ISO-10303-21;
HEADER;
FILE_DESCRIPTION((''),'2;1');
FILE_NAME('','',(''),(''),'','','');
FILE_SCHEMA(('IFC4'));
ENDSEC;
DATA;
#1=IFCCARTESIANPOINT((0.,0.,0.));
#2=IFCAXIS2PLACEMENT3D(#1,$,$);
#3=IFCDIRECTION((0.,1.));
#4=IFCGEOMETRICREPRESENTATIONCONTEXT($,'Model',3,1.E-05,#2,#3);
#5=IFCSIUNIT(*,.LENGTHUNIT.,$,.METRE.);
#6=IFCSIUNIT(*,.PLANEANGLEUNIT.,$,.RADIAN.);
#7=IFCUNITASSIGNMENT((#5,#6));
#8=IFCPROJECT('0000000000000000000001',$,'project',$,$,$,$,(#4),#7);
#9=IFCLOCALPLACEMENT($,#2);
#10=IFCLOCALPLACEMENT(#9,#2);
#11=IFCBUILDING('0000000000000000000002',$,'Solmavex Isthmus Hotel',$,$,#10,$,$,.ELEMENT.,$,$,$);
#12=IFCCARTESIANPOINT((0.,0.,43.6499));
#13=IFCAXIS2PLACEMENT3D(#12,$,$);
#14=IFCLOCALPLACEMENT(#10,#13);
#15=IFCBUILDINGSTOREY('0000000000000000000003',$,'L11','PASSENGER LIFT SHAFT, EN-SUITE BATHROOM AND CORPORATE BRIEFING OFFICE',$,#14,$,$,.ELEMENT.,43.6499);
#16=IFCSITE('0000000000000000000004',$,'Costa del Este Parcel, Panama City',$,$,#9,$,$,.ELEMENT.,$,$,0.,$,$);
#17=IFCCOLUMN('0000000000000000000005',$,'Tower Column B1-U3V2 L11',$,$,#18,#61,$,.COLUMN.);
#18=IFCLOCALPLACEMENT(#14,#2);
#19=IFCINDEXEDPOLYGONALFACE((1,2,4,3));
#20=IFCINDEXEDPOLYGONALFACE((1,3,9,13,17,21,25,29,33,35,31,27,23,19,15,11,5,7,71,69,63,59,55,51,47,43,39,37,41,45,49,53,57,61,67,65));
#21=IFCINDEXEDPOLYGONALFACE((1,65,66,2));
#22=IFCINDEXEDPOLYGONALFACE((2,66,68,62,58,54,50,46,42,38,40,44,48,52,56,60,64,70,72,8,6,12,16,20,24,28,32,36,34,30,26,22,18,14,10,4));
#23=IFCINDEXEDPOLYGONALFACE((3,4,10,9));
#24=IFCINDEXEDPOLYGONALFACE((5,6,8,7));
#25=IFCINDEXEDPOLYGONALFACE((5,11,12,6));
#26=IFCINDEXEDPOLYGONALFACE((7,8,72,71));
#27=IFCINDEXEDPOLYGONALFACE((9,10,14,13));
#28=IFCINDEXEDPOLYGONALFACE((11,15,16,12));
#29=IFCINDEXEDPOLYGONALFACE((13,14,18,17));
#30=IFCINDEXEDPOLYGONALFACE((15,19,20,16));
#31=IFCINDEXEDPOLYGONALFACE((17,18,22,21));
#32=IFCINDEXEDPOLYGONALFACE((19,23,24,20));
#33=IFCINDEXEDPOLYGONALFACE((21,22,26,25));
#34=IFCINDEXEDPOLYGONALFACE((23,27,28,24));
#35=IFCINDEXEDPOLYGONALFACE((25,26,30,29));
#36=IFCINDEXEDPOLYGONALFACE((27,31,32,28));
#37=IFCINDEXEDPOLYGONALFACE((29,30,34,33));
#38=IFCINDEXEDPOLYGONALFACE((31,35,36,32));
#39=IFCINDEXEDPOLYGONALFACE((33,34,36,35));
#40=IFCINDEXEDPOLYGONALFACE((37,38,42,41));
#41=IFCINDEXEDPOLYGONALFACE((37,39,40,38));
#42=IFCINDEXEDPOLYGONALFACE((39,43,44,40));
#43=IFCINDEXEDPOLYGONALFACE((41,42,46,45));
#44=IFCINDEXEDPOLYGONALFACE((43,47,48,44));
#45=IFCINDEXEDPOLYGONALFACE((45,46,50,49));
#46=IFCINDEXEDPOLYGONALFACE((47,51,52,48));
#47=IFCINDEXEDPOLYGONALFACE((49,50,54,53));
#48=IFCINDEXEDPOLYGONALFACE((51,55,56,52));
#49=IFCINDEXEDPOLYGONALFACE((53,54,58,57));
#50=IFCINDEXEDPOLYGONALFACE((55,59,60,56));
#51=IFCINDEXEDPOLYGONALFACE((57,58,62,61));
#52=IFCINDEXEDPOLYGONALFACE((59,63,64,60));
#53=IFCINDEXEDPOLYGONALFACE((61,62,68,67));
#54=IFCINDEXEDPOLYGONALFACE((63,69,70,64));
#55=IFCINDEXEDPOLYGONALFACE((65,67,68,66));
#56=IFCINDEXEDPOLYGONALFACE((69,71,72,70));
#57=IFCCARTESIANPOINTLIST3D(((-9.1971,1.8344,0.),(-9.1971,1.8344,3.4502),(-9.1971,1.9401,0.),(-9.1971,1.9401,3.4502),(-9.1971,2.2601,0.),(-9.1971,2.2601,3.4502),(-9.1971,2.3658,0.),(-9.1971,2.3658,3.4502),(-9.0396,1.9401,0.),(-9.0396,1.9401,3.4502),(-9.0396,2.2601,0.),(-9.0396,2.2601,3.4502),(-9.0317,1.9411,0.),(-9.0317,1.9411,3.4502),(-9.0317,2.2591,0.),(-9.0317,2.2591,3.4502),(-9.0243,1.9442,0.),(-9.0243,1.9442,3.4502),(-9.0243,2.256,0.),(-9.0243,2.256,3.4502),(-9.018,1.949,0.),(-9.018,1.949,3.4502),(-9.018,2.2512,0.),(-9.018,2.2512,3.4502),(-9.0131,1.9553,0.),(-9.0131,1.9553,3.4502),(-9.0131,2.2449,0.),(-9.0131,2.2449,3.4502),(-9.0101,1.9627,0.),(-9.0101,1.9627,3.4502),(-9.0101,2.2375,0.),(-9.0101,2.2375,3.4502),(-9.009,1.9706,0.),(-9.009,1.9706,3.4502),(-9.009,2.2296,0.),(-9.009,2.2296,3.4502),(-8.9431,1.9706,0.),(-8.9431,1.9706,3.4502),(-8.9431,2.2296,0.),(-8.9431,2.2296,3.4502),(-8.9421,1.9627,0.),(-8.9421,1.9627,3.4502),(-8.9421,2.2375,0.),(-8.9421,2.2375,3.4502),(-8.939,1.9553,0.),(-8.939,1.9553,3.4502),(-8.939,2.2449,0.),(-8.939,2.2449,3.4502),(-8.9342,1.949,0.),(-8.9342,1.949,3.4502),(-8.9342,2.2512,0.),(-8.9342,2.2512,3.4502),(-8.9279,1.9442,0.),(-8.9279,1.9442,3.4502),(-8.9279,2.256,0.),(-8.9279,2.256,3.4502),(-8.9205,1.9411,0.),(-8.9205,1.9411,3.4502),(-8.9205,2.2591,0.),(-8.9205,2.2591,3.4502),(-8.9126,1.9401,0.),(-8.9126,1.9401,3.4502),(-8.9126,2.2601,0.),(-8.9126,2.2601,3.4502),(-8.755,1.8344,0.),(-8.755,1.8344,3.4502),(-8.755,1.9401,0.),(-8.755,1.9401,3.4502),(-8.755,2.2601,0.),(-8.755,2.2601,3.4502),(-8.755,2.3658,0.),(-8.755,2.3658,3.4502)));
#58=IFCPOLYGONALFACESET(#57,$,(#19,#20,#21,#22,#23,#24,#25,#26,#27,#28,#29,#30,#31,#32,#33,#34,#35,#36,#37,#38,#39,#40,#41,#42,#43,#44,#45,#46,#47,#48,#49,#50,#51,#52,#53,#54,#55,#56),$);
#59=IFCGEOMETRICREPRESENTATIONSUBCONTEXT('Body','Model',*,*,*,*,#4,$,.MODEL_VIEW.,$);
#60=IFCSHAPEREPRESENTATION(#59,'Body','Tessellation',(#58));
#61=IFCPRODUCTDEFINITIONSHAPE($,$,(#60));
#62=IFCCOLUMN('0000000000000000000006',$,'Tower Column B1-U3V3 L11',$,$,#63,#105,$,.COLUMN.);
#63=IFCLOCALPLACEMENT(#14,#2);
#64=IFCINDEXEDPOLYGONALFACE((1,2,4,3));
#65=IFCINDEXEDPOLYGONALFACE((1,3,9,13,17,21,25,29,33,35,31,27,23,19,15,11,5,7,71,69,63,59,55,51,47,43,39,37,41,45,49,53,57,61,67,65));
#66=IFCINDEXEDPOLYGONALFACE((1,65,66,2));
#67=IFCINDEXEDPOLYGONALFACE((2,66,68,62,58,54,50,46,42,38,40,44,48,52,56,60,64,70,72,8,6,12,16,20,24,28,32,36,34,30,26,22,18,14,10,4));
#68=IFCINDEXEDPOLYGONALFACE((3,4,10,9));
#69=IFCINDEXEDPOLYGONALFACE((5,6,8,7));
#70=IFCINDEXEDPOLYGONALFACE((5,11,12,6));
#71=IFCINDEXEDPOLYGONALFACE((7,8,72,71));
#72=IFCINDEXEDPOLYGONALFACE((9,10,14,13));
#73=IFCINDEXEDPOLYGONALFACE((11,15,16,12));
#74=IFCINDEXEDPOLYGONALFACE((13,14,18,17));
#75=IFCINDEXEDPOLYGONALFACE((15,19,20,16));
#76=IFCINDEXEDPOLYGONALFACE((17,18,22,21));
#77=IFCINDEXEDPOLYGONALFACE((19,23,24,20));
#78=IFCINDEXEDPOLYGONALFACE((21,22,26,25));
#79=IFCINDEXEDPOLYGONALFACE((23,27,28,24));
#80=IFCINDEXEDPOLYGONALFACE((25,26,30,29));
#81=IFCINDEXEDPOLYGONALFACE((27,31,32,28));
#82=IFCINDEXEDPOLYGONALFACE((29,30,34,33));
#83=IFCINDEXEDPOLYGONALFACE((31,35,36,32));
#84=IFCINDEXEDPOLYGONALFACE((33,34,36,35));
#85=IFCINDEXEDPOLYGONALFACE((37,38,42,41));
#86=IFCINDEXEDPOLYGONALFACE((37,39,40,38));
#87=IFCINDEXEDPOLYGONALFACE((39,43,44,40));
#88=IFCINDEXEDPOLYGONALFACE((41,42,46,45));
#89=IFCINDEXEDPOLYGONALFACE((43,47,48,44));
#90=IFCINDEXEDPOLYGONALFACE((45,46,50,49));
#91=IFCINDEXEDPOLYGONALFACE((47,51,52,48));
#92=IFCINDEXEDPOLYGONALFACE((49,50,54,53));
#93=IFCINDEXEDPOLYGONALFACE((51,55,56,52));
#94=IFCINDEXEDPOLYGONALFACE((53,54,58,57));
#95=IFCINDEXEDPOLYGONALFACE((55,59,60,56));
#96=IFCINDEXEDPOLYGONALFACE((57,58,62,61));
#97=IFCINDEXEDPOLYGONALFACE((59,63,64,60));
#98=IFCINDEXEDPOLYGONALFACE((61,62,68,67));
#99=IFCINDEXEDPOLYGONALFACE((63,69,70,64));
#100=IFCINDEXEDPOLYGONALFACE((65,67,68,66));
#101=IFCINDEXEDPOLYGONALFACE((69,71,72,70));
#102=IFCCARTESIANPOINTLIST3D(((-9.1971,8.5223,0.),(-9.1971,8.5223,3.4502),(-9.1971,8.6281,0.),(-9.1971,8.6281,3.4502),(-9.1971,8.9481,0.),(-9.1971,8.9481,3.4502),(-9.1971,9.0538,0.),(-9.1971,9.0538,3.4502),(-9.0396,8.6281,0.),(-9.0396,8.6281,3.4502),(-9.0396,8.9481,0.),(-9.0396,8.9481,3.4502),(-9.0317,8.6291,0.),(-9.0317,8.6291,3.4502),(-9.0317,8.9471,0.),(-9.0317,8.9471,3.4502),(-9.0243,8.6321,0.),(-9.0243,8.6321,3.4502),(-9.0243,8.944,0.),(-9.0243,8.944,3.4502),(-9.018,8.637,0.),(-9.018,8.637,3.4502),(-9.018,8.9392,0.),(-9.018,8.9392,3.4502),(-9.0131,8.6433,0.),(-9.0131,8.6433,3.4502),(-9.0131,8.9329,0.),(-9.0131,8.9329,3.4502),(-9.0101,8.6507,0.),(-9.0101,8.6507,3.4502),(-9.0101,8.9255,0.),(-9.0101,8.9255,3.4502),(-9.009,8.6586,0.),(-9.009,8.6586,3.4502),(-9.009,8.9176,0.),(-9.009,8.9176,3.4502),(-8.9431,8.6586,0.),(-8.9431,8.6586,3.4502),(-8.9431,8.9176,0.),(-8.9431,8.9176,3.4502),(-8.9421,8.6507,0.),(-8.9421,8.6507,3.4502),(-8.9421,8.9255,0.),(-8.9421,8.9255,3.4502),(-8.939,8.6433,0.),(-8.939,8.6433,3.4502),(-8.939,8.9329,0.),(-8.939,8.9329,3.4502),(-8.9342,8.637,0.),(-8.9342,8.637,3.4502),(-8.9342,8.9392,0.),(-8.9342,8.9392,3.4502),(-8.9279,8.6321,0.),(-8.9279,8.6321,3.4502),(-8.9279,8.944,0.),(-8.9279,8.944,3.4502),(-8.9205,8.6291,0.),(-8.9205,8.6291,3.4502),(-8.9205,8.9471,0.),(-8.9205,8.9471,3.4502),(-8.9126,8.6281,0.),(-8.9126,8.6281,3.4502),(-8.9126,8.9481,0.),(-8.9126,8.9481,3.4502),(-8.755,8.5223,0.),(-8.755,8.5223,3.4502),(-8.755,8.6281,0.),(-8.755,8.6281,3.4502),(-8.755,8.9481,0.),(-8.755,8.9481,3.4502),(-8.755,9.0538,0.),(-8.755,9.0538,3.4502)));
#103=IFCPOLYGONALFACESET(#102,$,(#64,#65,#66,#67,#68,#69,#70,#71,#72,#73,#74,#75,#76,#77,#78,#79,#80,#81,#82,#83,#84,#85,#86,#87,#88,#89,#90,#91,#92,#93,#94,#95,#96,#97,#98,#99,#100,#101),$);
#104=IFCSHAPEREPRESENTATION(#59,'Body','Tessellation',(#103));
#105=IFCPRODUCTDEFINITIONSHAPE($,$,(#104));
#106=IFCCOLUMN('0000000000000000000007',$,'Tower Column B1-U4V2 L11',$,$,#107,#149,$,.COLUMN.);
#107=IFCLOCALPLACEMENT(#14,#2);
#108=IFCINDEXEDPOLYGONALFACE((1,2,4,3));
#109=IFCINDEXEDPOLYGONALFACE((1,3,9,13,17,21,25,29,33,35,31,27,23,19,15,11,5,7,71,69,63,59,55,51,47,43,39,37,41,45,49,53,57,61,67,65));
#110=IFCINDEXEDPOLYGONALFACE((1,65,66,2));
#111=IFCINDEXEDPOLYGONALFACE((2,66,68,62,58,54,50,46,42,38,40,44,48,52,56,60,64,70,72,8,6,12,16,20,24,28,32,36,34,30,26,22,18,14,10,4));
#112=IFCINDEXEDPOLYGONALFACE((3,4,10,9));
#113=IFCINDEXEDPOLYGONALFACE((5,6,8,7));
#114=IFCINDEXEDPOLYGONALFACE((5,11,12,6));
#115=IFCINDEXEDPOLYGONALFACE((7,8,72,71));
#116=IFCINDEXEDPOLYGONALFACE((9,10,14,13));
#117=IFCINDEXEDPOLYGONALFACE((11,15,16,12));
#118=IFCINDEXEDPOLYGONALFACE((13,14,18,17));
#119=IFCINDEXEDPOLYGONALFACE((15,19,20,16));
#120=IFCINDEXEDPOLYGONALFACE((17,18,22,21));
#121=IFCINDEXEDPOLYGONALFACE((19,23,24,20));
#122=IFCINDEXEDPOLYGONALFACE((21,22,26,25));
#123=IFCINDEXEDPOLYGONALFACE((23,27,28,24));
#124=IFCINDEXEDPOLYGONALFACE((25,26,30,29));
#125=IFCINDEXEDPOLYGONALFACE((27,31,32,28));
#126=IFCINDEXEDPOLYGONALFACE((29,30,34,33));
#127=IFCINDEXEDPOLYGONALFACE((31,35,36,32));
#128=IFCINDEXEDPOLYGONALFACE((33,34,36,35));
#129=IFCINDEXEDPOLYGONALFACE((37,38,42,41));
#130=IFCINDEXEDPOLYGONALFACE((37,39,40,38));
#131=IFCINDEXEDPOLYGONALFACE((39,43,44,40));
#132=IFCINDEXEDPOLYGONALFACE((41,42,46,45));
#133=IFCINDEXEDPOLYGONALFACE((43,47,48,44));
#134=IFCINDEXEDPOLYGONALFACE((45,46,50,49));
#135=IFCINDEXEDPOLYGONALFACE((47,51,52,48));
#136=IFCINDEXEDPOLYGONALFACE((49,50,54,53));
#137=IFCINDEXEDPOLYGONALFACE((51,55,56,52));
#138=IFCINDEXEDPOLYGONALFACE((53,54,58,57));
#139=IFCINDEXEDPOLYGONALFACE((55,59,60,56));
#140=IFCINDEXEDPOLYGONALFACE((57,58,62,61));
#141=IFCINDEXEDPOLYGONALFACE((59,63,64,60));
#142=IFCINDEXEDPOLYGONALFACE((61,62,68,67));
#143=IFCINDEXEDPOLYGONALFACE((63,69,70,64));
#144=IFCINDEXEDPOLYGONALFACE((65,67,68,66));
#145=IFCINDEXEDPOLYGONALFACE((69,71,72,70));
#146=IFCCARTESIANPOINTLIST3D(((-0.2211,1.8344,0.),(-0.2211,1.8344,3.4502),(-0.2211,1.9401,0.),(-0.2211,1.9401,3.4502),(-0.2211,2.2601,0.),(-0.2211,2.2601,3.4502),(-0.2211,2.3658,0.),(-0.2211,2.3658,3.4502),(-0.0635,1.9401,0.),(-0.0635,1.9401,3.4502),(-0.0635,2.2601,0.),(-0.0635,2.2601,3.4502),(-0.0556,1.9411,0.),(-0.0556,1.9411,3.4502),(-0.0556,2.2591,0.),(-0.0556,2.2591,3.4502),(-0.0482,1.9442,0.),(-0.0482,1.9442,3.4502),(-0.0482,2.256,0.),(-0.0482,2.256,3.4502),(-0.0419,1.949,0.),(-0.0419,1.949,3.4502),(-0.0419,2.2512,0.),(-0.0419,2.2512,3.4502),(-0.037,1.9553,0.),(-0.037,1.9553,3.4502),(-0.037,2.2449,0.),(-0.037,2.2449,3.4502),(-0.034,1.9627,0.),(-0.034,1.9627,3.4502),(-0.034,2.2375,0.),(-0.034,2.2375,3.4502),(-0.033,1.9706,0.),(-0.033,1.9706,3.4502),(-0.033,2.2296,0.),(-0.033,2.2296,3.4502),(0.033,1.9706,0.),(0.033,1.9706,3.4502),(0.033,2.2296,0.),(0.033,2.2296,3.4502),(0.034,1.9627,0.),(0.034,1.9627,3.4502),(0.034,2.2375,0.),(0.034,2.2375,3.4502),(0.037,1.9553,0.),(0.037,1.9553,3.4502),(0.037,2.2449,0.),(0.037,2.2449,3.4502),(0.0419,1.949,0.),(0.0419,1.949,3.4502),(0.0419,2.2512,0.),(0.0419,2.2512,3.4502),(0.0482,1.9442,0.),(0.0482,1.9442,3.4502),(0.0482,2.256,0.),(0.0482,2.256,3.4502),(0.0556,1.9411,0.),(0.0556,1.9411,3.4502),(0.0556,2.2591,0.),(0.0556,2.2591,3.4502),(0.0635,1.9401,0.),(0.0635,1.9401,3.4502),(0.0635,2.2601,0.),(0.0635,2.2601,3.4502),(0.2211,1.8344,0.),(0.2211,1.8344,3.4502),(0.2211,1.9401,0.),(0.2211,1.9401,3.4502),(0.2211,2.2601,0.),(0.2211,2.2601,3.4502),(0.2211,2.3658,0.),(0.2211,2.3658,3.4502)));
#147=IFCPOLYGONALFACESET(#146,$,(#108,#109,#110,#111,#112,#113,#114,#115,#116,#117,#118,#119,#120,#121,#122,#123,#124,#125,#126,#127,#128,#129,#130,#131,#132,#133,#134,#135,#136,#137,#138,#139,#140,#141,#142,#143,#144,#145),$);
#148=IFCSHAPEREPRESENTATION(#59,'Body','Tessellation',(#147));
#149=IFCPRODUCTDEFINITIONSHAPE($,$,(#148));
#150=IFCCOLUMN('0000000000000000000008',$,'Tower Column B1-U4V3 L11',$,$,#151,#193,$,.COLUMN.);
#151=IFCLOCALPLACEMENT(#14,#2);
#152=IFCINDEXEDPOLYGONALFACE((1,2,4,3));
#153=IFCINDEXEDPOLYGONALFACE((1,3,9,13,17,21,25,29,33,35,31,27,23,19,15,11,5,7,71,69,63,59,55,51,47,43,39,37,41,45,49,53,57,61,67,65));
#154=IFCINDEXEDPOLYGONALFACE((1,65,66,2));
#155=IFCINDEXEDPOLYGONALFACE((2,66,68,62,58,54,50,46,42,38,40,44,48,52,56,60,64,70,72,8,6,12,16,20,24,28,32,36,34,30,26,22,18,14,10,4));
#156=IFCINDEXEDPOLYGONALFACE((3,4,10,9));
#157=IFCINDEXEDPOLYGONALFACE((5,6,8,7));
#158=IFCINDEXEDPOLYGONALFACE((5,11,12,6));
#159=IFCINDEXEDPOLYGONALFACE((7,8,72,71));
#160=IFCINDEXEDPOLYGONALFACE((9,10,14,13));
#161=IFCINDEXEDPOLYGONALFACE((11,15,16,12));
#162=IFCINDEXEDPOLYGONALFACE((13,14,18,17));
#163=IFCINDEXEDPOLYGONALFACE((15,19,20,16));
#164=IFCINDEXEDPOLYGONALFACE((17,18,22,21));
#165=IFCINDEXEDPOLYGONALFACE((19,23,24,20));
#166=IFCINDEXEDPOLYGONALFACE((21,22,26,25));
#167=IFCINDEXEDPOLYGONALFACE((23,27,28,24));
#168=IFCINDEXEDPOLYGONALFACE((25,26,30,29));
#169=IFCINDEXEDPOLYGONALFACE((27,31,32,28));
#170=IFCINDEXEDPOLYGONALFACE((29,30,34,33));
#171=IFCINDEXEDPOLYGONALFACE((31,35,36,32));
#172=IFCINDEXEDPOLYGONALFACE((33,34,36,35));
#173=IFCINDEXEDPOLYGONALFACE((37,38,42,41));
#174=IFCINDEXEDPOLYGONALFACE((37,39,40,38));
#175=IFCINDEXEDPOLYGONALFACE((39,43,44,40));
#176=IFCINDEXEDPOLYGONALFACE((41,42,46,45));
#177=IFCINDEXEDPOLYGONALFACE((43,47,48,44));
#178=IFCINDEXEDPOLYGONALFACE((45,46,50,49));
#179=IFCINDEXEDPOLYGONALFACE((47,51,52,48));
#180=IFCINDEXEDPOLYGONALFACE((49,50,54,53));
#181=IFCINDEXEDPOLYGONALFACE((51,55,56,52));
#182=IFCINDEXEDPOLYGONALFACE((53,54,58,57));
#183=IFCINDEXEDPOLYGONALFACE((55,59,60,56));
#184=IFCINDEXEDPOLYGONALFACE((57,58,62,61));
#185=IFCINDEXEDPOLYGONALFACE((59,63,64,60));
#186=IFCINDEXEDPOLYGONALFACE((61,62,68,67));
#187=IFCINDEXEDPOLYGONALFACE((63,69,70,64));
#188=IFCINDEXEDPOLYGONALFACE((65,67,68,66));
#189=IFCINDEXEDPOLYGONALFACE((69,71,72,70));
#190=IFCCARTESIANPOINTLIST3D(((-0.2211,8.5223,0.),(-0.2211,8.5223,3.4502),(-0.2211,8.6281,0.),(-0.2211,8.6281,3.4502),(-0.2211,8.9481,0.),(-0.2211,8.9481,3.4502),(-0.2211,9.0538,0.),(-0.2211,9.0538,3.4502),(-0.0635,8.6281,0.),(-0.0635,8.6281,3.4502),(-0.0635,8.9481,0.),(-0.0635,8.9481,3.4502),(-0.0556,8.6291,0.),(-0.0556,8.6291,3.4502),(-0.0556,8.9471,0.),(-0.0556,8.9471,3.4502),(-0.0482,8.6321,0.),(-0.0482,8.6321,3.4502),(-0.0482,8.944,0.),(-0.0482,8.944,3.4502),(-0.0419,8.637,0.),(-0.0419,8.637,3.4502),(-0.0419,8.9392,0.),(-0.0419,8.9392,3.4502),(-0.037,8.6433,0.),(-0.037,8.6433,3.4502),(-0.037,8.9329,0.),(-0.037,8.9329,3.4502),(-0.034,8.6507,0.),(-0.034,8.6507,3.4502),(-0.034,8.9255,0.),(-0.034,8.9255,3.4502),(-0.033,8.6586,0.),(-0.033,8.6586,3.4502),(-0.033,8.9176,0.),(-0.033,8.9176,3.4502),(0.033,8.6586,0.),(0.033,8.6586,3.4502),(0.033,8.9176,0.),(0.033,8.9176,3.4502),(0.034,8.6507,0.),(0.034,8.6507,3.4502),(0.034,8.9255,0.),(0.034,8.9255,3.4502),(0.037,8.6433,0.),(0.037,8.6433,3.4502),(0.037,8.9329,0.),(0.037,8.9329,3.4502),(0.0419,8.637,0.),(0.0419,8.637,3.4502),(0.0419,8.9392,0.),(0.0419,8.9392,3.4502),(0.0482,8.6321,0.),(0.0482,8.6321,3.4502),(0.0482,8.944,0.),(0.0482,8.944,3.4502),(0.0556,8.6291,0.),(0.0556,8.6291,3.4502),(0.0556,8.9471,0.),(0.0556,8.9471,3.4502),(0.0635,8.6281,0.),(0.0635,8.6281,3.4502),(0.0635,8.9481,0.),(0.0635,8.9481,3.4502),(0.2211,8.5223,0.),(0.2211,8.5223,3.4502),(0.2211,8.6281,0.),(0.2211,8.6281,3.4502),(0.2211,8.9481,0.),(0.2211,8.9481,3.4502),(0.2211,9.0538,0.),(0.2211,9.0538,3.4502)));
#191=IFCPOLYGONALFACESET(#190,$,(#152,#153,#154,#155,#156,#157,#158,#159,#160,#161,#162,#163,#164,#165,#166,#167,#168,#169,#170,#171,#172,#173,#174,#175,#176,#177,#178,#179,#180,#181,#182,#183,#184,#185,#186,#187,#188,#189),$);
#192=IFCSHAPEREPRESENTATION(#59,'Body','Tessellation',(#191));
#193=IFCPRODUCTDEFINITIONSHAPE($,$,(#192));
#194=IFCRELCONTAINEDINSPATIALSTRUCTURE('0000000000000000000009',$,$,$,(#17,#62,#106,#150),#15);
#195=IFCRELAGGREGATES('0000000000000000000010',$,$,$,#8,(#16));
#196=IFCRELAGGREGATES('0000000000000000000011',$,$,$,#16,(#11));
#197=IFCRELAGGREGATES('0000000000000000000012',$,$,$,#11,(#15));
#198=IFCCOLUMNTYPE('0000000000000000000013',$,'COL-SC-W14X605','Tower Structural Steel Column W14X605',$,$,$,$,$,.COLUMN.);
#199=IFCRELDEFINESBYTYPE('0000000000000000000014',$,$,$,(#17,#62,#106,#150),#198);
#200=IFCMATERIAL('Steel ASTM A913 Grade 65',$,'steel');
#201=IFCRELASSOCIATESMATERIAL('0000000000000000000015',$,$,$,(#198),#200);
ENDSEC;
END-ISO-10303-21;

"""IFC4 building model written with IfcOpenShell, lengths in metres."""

from ifc_helpers import new_model, si_unit, direction, frame, origin, origin_2d, place, context, subcontext, project, spatial, i_section, extrude, material, material_profile, profile_set, type_object, element, save


model = new_model("IFC4")

# Units and contexts
model_context = context("Model", 3, precision=1e-05, world=origin(), true_north=direction((0.0, 1.0)))
body_context = subcontext(model_context, "Body", "Model", "MODEL_VIEW")
ifc_project = project(units=[si_unit("LENGTHUNIT", "METRE"), si_unit("PLANEANGLEUNIT", "RADIAN")], contexts=[model_context])

# Site, building, storey
site_placement = place(None, origin())
site = spatial("IfcSite", under=ifc_project, at=site_placement, Name="Costa del Este Parcel, Panama City", CompositionType="ELEMENT", RefElevation=0.0)
building_placement = place(site_placement, origin())
building = spatial("IfcBuilding", under=site, at=building_placement, Name="Solmavex Isthmus Hotel", CompositionType="ELEMENT")
storey_placement = place(building_placement, frame((0.0, 0.0, 43.6499)))
storey = spatial("IfcBuildingStorey", under=building, at=storey_placement, Name="L11", Description="PASSENGER LIFT SHAFT, EN-SUITE BATHROOM AND CORPORATE BRIEFING OFFICE", CompositionType="ELEMENT", Elevation=43.6499)

# Columns
ifc_material_1 = material(Name="Steel ASTM A913 Grade 65", Category="steel")
ifc_material_profile_1 = material_profile(ifc_material_1, i_section(OverallWidth=0.4421, OverallDepth=0.5315, WebThickness=0.0659, FlangeThickness=0.1057, FilletRadius=0.0305, at=origin_2d()), Name="W14X605")
ifc_profile_set_1 = profile_set([ifc_material_profile_1], Name="Steel ASTM A913 Grade 65")
column_type = type_object("IfcColumnType", Name="COL-SC-W14X605", Description="Tower Structural Steel Column W14X605", PredefinedType="COLUMN", material=ifc_profile_set_1)
for number, where, z_axis, x_axis, name in (
    (1, (-8.9761, 2.1001, 0.0), (0.0, 0.0, 1.0), (1.0, 0.0, 0.0), "Tower Column B1-U3V2 L11"),
    (2, (-8.9761, 8.7881, 0.0), (0.0, 0.0, 1.0), (1.0, 0.0, 0.0), "Tower Column B1-U3V3 L11"),
    (3, (0.0, 2.1001, 0.0), (0.0, 0.0, 1.0), (1.0, 0.0, 0.0), "Tower Column B1-U4V2 L11"),
    (4, (0.0, 8.7881, 0.0), (0.0, 0.0, 1.0), (1.0, 0.0, 0.0), "Tower Column B1-U4V3 L11"),
):
    element("IfcColumn", number, at=place(storey_placement, frame(where, z_axis=z_axis, x_axis=x_axis)), inside=storey, type_object=column_type, Name=name, PredefinedType="COLUMN", context=body_context, shape_type="SweptSolid", body=[
        extrude(i_section(OverallWidth=0.4421, OverallDepth=0.5315, WebThickness=0.0659, FlangeThickness=0.1057, FilletRadius=0.0305, at=origin_2d()), origin(), (0.0, 0.0, 1.0), 3.4502),
    ])

save(model, "model.ifc")
